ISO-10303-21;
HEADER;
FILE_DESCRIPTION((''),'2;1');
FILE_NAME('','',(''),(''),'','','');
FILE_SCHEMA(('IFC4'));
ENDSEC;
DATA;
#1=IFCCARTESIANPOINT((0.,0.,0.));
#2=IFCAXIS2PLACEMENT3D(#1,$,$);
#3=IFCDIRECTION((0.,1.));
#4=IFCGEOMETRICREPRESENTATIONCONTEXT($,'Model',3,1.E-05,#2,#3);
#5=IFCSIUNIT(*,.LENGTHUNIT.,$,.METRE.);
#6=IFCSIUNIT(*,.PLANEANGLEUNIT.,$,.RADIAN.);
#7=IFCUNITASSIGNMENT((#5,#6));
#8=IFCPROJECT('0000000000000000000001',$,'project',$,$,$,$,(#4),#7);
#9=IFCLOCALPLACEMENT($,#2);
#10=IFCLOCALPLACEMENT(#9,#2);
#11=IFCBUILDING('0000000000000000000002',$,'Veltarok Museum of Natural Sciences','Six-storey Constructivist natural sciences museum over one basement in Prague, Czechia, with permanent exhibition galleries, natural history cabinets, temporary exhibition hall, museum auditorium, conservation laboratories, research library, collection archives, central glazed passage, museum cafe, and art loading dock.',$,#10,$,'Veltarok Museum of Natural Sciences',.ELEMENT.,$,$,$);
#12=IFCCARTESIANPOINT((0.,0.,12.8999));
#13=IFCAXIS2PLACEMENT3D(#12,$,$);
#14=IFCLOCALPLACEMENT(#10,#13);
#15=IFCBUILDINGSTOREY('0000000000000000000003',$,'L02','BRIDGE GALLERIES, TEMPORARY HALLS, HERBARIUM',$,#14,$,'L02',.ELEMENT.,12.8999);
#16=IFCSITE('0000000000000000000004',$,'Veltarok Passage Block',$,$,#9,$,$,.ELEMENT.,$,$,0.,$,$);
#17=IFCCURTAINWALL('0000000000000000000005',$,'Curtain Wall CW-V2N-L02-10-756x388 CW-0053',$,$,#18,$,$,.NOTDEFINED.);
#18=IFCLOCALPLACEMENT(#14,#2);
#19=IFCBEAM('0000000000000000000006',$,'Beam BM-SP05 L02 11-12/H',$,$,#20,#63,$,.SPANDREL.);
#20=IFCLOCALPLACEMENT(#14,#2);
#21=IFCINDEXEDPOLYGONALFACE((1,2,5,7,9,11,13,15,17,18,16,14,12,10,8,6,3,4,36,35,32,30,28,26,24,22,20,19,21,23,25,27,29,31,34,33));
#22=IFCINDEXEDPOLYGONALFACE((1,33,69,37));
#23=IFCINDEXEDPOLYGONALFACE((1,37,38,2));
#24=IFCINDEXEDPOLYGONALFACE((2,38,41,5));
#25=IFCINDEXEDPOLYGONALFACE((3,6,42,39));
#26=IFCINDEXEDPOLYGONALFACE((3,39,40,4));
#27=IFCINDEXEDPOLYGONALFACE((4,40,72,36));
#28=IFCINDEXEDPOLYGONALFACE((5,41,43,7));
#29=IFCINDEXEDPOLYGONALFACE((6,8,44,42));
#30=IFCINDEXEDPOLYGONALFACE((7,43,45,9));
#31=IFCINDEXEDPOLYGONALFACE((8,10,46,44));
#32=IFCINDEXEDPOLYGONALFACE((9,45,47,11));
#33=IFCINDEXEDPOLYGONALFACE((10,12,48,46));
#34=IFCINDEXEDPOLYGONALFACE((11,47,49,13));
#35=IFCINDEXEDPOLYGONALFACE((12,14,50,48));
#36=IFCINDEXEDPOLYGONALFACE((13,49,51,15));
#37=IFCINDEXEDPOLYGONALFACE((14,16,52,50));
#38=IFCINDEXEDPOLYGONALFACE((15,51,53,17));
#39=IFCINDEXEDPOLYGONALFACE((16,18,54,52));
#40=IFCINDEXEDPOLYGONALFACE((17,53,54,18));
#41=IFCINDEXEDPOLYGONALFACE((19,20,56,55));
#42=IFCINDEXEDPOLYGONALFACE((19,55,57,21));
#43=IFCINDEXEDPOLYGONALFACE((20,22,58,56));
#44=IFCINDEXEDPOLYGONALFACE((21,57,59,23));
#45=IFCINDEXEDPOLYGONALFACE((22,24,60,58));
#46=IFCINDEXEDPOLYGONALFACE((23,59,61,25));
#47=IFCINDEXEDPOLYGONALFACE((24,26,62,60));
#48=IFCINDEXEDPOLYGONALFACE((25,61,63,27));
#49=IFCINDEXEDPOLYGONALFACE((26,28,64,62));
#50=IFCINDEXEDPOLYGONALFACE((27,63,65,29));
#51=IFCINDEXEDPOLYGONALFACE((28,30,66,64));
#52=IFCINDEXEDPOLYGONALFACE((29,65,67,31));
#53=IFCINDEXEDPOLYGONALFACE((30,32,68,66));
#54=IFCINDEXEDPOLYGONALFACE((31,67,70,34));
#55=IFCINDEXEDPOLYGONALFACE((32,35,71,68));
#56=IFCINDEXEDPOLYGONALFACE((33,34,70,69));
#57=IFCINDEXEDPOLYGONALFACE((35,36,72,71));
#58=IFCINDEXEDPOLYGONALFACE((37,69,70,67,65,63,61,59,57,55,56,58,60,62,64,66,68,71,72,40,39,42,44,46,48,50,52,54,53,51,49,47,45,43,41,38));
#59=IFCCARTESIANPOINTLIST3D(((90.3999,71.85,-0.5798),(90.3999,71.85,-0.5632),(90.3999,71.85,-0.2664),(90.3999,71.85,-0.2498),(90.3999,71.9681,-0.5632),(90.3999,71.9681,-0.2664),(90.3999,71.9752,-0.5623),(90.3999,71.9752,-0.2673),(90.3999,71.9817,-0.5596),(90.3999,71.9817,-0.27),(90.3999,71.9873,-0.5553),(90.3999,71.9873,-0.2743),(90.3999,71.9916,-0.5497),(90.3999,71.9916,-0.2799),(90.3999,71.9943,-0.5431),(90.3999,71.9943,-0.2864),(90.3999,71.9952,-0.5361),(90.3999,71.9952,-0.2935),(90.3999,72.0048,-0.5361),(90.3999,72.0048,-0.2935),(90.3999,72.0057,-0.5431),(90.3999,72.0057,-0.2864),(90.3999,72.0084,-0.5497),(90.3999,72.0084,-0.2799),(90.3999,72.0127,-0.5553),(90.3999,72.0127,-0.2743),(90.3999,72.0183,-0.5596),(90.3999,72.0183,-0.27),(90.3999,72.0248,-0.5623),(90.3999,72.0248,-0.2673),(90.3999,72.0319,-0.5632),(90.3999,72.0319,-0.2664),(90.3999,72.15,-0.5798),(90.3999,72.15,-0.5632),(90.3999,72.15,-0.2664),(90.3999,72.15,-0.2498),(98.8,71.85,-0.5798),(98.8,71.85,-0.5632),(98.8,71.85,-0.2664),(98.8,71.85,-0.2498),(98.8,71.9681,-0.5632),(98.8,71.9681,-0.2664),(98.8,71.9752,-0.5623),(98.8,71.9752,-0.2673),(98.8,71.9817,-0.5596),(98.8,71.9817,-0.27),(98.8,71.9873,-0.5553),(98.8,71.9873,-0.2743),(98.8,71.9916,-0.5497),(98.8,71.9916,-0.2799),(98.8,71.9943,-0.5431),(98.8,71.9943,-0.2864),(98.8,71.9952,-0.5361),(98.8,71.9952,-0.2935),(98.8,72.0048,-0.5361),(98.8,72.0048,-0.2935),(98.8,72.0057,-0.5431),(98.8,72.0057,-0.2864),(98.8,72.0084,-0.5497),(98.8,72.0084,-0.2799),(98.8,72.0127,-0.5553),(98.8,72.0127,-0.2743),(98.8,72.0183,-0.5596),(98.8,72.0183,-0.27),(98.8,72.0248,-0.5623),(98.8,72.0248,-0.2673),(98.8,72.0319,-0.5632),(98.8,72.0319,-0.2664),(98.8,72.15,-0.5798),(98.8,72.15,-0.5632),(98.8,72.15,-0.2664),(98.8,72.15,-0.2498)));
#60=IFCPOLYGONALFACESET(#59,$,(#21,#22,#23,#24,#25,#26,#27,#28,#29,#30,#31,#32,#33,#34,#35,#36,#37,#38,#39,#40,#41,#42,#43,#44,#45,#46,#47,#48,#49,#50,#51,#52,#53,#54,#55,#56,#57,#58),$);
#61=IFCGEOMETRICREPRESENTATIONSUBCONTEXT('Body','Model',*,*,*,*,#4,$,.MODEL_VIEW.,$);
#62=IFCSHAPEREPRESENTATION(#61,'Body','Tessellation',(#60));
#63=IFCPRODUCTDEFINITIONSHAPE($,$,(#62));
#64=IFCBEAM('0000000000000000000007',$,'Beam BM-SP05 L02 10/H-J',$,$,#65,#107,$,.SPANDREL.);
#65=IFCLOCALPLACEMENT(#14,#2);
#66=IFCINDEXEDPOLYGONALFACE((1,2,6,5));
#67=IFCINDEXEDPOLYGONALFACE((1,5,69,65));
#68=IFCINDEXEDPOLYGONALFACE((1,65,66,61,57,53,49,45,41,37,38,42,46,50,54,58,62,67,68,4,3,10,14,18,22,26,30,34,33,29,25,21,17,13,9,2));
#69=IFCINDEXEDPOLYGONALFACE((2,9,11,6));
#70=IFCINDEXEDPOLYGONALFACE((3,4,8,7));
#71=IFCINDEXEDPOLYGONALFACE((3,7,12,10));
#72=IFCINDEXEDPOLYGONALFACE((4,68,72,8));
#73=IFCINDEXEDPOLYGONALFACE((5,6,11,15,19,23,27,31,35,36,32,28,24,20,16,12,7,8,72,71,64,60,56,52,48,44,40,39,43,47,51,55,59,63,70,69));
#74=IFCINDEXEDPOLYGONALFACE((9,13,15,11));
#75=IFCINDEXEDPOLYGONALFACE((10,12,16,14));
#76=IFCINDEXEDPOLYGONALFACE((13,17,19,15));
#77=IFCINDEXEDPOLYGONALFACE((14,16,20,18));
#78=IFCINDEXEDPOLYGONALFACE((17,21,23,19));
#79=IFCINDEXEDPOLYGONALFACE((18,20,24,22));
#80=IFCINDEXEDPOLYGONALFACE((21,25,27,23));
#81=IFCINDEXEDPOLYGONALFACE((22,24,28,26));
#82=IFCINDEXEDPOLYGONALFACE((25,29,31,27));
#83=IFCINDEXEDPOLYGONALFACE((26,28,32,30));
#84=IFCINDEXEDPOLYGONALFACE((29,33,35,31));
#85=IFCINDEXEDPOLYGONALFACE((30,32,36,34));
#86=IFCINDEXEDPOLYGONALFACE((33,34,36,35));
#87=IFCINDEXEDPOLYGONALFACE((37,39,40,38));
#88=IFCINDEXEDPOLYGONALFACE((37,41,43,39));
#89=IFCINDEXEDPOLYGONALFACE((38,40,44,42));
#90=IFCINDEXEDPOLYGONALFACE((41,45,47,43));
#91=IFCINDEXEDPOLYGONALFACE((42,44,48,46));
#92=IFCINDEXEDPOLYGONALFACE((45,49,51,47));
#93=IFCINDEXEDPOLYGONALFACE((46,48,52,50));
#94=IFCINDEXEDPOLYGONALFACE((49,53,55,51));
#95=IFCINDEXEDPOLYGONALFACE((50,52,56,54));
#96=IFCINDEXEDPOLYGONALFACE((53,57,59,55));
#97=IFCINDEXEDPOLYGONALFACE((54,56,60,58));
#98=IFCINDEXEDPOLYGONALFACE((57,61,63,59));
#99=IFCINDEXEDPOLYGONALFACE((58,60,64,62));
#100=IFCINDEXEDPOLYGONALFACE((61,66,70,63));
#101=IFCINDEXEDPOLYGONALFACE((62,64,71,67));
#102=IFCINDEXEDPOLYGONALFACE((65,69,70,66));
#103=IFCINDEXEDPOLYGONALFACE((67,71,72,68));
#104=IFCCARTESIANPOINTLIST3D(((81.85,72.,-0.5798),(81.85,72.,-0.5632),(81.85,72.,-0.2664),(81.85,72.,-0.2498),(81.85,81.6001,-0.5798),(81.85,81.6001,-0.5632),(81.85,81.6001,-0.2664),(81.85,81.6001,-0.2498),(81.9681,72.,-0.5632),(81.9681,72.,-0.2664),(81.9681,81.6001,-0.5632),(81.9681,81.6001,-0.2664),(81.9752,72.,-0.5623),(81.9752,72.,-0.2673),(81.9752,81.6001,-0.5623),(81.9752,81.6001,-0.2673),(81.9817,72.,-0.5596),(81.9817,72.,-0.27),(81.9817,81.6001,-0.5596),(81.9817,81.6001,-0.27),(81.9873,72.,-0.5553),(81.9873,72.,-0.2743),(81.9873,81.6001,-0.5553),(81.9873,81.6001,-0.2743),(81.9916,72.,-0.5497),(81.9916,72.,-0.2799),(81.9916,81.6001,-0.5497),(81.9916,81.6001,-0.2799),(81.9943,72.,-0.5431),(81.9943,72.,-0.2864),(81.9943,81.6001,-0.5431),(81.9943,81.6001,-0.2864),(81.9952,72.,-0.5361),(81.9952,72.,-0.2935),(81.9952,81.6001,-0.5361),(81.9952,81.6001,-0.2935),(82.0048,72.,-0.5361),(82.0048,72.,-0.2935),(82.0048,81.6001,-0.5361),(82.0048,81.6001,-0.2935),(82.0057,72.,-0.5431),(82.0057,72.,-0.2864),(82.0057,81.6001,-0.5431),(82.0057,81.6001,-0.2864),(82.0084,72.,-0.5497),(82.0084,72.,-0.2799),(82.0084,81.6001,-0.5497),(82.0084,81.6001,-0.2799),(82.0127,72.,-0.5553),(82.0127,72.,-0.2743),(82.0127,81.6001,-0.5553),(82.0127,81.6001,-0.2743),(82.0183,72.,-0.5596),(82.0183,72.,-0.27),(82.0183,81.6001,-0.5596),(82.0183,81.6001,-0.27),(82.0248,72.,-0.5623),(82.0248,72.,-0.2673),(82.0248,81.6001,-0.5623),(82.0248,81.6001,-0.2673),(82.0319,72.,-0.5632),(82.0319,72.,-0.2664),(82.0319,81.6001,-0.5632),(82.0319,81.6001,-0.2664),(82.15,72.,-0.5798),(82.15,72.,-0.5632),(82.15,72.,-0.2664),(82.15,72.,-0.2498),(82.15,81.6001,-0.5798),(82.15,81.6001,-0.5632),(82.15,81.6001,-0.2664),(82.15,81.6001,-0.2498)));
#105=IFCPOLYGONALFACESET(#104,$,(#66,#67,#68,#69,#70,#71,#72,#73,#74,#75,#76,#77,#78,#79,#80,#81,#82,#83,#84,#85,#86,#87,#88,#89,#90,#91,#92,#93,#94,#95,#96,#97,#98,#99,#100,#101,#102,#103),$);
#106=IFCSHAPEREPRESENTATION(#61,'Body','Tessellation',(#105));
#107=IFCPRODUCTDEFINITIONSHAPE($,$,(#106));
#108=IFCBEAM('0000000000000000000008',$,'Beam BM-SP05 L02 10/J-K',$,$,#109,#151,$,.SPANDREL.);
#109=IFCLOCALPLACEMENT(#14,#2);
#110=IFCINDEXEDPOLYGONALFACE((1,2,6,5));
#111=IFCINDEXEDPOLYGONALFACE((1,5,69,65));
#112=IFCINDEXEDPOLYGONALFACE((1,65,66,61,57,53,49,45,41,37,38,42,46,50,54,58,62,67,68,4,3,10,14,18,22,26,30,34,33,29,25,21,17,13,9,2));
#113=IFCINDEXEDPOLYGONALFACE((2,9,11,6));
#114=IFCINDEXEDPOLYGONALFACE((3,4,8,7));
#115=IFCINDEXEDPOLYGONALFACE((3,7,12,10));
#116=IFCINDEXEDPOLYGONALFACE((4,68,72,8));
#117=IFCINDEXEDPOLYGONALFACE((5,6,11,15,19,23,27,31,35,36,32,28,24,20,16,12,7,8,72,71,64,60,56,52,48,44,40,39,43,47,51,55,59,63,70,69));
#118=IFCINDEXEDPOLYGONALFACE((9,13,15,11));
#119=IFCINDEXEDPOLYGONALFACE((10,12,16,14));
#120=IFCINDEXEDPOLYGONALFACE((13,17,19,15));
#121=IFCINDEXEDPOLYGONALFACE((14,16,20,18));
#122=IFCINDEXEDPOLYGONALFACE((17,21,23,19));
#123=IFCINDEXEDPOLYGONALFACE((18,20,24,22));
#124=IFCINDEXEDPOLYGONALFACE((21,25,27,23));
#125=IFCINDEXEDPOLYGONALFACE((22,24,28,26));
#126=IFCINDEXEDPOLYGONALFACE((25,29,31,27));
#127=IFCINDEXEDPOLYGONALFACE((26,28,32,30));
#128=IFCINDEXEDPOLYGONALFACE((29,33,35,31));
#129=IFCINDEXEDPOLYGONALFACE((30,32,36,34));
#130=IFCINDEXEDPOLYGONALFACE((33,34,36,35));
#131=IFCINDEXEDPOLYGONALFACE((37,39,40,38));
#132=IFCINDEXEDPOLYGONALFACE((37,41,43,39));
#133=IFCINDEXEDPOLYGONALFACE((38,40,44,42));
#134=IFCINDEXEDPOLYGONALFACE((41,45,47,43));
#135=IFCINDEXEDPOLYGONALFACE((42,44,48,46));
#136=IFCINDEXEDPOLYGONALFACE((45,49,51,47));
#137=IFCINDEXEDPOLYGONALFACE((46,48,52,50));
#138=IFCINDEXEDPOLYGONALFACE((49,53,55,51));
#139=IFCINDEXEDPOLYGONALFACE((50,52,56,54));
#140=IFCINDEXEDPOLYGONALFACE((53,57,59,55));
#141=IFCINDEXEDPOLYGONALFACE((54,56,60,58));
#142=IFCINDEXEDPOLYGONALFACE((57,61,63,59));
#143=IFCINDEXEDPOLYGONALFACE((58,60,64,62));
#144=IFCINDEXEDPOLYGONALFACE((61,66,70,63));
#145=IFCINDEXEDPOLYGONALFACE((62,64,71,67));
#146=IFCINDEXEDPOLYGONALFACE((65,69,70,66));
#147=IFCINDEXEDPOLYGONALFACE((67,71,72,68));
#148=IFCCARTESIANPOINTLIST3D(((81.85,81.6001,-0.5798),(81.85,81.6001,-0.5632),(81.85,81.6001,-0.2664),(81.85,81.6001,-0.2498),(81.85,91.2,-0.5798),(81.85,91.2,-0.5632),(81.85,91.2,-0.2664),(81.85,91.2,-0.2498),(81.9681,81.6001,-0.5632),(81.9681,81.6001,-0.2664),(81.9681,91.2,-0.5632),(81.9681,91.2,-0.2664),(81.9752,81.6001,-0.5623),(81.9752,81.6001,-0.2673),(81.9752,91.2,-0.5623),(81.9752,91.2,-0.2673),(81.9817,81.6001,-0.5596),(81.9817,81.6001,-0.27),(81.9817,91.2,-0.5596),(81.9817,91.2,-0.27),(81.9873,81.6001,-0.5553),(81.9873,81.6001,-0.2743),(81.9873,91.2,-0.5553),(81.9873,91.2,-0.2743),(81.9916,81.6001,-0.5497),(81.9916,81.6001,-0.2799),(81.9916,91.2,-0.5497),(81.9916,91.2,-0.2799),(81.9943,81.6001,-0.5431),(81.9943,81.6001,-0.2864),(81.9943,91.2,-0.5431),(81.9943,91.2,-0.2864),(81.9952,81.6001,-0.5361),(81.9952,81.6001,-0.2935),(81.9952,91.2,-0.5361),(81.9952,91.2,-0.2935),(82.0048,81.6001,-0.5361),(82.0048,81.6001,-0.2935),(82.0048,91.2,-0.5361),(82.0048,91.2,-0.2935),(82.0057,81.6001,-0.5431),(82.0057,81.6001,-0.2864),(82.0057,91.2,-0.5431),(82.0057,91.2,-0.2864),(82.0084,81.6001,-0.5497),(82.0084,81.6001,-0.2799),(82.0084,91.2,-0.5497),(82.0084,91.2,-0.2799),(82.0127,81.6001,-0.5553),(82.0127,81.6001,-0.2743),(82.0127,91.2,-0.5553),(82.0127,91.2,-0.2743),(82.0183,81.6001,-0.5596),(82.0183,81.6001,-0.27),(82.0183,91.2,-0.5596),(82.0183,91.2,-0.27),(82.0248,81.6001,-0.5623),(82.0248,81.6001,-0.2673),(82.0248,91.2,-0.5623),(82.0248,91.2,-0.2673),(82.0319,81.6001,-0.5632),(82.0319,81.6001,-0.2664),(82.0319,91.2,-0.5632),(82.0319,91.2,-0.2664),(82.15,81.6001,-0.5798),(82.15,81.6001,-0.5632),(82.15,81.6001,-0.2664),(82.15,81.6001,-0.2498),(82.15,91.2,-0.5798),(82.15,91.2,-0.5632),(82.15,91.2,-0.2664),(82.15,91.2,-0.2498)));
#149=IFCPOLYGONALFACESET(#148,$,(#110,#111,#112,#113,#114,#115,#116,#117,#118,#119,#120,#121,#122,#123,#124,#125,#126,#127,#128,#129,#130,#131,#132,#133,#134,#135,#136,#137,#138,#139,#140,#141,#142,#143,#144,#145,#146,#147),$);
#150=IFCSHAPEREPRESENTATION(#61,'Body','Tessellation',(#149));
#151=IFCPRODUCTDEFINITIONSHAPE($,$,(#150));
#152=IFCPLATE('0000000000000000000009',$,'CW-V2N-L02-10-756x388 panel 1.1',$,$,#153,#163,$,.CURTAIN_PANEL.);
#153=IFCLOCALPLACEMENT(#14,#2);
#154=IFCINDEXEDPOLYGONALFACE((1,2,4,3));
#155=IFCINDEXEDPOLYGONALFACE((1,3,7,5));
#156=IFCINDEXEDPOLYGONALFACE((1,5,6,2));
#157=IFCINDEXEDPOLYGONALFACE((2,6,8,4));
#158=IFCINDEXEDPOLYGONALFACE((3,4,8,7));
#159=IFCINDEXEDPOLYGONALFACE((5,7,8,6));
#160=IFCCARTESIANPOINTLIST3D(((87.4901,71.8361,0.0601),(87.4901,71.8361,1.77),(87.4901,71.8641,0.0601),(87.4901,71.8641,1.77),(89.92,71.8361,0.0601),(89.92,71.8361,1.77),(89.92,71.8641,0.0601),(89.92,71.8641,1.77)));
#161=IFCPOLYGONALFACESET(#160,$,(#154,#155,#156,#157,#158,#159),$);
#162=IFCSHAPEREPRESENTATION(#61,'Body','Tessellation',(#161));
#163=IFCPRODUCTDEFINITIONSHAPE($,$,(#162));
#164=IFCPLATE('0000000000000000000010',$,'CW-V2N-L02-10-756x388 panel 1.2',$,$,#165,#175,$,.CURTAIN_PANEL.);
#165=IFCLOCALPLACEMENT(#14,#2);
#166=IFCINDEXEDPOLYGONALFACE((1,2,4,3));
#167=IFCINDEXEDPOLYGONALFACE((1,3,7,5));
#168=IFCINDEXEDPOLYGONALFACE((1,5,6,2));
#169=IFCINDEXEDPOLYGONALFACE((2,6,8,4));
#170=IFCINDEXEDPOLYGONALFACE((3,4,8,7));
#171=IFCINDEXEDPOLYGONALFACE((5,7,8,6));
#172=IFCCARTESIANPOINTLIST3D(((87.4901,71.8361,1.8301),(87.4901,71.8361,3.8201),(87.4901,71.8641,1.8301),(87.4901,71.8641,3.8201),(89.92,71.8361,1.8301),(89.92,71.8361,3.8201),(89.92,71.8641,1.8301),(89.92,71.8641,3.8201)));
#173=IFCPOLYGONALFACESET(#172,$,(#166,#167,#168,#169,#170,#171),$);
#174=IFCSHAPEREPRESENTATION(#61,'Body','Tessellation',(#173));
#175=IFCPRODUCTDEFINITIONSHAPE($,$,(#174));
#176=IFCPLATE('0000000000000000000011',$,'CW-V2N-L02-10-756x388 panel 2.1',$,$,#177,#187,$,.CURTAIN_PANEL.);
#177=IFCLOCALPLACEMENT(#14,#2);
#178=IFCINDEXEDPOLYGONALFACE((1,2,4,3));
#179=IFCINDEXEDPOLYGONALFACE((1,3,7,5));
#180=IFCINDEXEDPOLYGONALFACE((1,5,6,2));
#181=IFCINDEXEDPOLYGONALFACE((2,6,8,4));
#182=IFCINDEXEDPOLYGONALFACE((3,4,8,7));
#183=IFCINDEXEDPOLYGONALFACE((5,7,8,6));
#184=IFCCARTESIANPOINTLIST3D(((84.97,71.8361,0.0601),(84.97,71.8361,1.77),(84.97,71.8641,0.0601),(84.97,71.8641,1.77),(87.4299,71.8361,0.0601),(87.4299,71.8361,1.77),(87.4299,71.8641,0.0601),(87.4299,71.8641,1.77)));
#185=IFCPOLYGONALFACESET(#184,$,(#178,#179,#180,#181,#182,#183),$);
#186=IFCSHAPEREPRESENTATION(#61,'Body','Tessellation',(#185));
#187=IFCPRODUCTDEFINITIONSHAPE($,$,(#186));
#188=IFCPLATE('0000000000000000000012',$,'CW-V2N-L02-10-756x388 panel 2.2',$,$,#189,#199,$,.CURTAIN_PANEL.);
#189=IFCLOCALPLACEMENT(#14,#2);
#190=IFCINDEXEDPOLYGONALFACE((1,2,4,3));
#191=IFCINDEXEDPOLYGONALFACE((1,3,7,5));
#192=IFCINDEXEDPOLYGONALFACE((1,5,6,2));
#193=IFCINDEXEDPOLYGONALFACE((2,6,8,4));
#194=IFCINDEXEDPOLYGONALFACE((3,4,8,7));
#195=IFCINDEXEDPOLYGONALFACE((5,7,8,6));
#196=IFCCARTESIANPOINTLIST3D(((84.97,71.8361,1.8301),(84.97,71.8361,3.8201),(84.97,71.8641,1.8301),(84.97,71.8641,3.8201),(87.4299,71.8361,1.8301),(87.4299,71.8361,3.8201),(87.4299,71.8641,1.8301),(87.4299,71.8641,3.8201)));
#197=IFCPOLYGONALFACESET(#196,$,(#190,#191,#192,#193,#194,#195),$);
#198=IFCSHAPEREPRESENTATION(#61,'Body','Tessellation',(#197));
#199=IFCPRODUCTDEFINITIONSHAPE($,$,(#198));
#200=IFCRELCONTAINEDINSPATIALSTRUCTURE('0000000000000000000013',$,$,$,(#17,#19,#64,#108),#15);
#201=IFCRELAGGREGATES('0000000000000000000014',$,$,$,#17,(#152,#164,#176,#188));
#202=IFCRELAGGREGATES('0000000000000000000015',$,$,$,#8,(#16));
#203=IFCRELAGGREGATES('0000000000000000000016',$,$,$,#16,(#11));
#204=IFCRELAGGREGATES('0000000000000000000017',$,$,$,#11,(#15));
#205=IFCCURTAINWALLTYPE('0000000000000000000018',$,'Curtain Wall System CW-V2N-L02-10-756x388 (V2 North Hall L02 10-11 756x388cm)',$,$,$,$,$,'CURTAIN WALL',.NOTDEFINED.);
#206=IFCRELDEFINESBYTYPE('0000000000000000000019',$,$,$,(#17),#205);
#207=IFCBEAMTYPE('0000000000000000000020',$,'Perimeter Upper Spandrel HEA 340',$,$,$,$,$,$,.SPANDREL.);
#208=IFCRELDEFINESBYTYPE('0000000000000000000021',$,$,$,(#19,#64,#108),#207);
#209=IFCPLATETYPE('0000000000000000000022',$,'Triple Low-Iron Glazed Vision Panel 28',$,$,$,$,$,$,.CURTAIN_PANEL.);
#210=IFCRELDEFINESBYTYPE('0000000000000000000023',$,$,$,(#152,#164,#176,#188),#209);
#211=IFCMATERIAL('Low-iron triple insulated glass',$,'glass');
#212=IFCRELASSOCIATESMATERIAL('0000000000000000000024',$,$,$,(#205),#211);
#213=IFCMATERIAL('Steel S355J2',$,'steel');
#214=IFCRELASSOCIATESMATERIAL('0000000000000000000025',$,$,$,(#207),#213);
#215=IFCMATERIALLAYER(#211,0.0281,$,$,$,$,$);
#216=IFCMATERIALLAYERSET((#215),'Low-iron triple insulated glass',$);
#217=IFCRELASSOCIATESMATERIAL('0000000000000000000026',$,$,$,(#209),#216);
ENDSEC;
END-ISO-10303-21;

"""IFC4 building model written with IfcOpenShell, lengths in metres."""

from ifc_helpers import new_model, si_unit, direction, frame, origin, origin_2d, place, context, subcontext, project, spatial, rectangle, i_section, extrude, material, layer, layer_set, material_profile, profile_set, type_object, element, aggregate, save


model = new_model("IFC4")

# Units and contexts
model_context = context("Model", 3, precision=1e-05, world=origin(), true_north=direction((0.0, 1.0)))
body_context = subcontext(model_context, "Body", "Model", "MODEL_VIEW")
ifc_project = project(units=[si_unit("LENGTHUNIT", "METRE"), si_unit("PLANEANGLEUNIT", "RADIAN")], contexts=[model_context])

# Site, building, storey
site_placement = place(None, origin())
site = spatial("IfcSite", under=ifc_project, at=site_placement, Name="Veltarok Passage Block", CompositionType="ELEMENT", RefElevation=0.0)
building_placement = place(site_placement, origin())
building = spatial("IfcBuilding", under=site, at=building_placement, Name="Veltarok Museum of Natural Sciences", Description="Six-storey Constructivist natural sciences museum over one basement in Prague, Czechia, with permanent exhibition galleries, natural history cabinets, temporary exhibition hall, museum auditorium, conservation laboratories, research library, collection archives, central glazed passage, museum cafe, and art loading dock.", LongName="Veltarok Museum of Natural Sciences", CompositionType="ELEMENT")
storey_placement = place(building_placement, frame((0.0, 0.0, 12.8999)))
storey = spatial("IfcBuildingStorey", under=building, at=storey_placement, Name="L02", Description="BRIDGE GALLERIES, TEMPORARY HALLS, HERBARIUM", LongName="L02", CompositionType="ELEMENT", Elevation=12.8999)

# Shared definitions
ifc_material_1 = material(Name="Steel S355J2", Category="steel")

# Curtain wall
ifc_material_2 = material(Name="Low-iron triple insulated glass", Category="glass")
curtain_wall_type_1 = type_object("IfcCurtainWallType", Name="Curtain Wall System CW-V2N-L02-10-756x388 (V2 North Hall L02 10-11 756x388cm)", ElementType="CURTAIN WALL", PredefinedType="NOTDEFINED", material=ifc_material_2)
curtain_wall_1_placement = place(storey_placement, origin())
curtain_wall_1 = element("IfcCurtainWall", 1, at=curtain_wall_1_placement, inside=storey, type_object=curtain_wall_type_1, Name="Curtain Wall CW-V2N-L02-10-756x388 CW-0053", PredefinedType="NOTDEFINED")

# Beams
ifc_material_profile_1 = material_profile(ifc_material_1, i_section(OverallWidth=0.3, OverallDepth=0.3301, WebThickness=0.0095, FlangeThickness=0.0166, FilletRadius=0.0271, at=origin_2d()), Name="HEA 340")
ifc_profile_set_1 = profile_set([ifc_material_profile_1], Name="Steel S355J2")
beam_type = type_object("IfcBeamType", Name="Perimeter Upper Spandrel HEA 340", PredefinedType="SPANDREL", material=ifc_profile_set_1)
beam_1_placement = place(storey_placement, frame((90.3999, 72.0, -0.4148), z_axis=(1.0, 0.0, 0.0), x_axis=(0.0, 1.0, 0.0)))
element("IfcBeam", 2, at=beam_1_placement, inside=storey, type_object=beam_type, Name="Beam BM-SP05 L02 11-12/H", PredefinedType="SPANDREL", context=body_context, shape_type="SweptSolid", body=[
    extrude(i_section(OverallWidth=0.3, OverallDepth=0.3301, WebThickness=0.0095, FlangeThickness=0.0166, FilletRadius=0.0271, at=origin_2d()), origin(), (0.0, 0.0, 1.0), 8.4001),
])
beam_2_placement = place(storey_placement, frame((82.0, 72.0, -0.4148), z_axis=(0.0, 1.0, 0.0), x_axis=(-1.0, 0.0, 0.0)))
element("IfcBeam", 3, at=beam_2_placement, inside=storey, type_object=beam_type, Name="Beam BM-SP05 L02 10/H-J", PredefinedType="SPANDREL", context=body_context, shape_type="SweptSolid", body=[
    extrude(i_section(OverallWidth=0.3, OverallDepth=0.3301, WebThickness=0.0095, FlangeThickness=0.0166, FilletRadius=0.0271, at=origin_2d()), origin(), (0.0, 0.0, 1.0), 9.6001),
])
beam_3_placement = place(storey_placement, frame((82.0, 81.6001, -0.4148), z_axis=(0.0, 1.0, 0.0), x_axis=(-1.0, 0.0, 0.0)))
element("IfcBeam", 4, at=beam_3_placement, inside=storey, type_object=beam_type, Name="Beam BM-SP05 L02 10/J-K", PredefinedType="SPANDREL", context=body_context, shape_type="SweptSolid", body=[
    extrude(i_section(OverallWidth=0.3, OverallDepth=0.3301, WebThickness=0.0095, FlangeThickness=0.0166, FilletRadius=0.0271, at=origin_2d()), origin(), (0.0, 0.0, 1.0), 9.5999),
])

# Plates
ifc_layer = layer(ifc_material_2, 0.0281)
ifc_layer_set = layer_set([ifc_layer], Name="Low-iron triple insulated glass")
plate_type = type_object("IfcPlateType", Name="Triple Low-Iron Glazed Vision Panel 28", PredefinedType="CURTAIN_PANEL", material=ifc_layer_set)
plate_1_placement = place(storey_placement, frame((88.7051, 71.8501, 0.0601), z_axis=(0.0, 0.0, 1.0), x_axis=(-1.0, 0.0, 0.0)))
plate_1 = element("IfcPlate", 5, at=plate_1_placement, type_object=plate_type, Name="CW-V2N-L02-10-756x388 panel 1.1", PredefinedType="CURTAIN_PANEL", context=body_context, shape_type="SweptSolid", body=[
    extrude(rectangle(XDim=2.4299, YDim=0.0281, at=origin_2d()), origin(), (0.0, 0.0, 1.0), 1.71),
])
plate_2_placement = place(storey_placement, frame((88.7051, 71.8501, 1.8301), z_axis=(0.0, 0.0, 1.0), x_axis=(-1.0, 0.0, 0.0)))
plate_2 = element("IfcPlate", 6, at=plate_2_placement, type_object=plate_type, Name="CW-V2N-L02-10-756x388 panel 1.2", PredefinedType="CURTAIN_PANEL", context=body_context, shape_type="SweptSolid", body=[
    extrude(rectangle(XDim=2.4299, YDim=0.0281, at=origin_2d()), origin(), (0.0, 0.0, 1.0), 1.99),
])
plate_3_placement = place(storey_placement, frame((86.2, 71.8501, 0.0601), z_axis=(0.0, 0.0, 1.0), x_axis=(-1.0, 0.0, 0.0)))
plate_3 = element("IfcPlate", 7, at=plate_3_placement, type_object=plate_type, Name="CW-V2N-L02-10-756x388 panel 2.1", PredefinedType="CURTAIN_PANEL", context=body_context, shape_type="SweptSolid", body=[
    extrude(rectangle(XDim=2.46, YDim=0.0281, at=origin_2d()), origin(), (0.0, 0.0, 1.0), 1.71),
])
plate_4_placement = place(storey_placement, frame((86.2, 71.8501, 1.8301), z_axis=(0.0, 0.0, 1.0), x_axis=(-1.0, 0.0, 0.0)))
plate_4 = element("IfcPlate", 8, at=plate_4_placement, type_object=plate_type, Name="CW-V2N-L02-10-756x388 panel 2.2", PredefinedType="CURTAIN_PANEL", context=body_context, shape_type="SweptSolid", body=[
    extrude(rectangle(XDim=2.46, YDim=0.0281, at=origin_2d()), origin(), (0.0, 0.0, 1.0), 1.99),
])
aggregate(curtain_wall_1, [plate_1, plate_2, plate_3, plate_4])

save(model, "model.ifc")
